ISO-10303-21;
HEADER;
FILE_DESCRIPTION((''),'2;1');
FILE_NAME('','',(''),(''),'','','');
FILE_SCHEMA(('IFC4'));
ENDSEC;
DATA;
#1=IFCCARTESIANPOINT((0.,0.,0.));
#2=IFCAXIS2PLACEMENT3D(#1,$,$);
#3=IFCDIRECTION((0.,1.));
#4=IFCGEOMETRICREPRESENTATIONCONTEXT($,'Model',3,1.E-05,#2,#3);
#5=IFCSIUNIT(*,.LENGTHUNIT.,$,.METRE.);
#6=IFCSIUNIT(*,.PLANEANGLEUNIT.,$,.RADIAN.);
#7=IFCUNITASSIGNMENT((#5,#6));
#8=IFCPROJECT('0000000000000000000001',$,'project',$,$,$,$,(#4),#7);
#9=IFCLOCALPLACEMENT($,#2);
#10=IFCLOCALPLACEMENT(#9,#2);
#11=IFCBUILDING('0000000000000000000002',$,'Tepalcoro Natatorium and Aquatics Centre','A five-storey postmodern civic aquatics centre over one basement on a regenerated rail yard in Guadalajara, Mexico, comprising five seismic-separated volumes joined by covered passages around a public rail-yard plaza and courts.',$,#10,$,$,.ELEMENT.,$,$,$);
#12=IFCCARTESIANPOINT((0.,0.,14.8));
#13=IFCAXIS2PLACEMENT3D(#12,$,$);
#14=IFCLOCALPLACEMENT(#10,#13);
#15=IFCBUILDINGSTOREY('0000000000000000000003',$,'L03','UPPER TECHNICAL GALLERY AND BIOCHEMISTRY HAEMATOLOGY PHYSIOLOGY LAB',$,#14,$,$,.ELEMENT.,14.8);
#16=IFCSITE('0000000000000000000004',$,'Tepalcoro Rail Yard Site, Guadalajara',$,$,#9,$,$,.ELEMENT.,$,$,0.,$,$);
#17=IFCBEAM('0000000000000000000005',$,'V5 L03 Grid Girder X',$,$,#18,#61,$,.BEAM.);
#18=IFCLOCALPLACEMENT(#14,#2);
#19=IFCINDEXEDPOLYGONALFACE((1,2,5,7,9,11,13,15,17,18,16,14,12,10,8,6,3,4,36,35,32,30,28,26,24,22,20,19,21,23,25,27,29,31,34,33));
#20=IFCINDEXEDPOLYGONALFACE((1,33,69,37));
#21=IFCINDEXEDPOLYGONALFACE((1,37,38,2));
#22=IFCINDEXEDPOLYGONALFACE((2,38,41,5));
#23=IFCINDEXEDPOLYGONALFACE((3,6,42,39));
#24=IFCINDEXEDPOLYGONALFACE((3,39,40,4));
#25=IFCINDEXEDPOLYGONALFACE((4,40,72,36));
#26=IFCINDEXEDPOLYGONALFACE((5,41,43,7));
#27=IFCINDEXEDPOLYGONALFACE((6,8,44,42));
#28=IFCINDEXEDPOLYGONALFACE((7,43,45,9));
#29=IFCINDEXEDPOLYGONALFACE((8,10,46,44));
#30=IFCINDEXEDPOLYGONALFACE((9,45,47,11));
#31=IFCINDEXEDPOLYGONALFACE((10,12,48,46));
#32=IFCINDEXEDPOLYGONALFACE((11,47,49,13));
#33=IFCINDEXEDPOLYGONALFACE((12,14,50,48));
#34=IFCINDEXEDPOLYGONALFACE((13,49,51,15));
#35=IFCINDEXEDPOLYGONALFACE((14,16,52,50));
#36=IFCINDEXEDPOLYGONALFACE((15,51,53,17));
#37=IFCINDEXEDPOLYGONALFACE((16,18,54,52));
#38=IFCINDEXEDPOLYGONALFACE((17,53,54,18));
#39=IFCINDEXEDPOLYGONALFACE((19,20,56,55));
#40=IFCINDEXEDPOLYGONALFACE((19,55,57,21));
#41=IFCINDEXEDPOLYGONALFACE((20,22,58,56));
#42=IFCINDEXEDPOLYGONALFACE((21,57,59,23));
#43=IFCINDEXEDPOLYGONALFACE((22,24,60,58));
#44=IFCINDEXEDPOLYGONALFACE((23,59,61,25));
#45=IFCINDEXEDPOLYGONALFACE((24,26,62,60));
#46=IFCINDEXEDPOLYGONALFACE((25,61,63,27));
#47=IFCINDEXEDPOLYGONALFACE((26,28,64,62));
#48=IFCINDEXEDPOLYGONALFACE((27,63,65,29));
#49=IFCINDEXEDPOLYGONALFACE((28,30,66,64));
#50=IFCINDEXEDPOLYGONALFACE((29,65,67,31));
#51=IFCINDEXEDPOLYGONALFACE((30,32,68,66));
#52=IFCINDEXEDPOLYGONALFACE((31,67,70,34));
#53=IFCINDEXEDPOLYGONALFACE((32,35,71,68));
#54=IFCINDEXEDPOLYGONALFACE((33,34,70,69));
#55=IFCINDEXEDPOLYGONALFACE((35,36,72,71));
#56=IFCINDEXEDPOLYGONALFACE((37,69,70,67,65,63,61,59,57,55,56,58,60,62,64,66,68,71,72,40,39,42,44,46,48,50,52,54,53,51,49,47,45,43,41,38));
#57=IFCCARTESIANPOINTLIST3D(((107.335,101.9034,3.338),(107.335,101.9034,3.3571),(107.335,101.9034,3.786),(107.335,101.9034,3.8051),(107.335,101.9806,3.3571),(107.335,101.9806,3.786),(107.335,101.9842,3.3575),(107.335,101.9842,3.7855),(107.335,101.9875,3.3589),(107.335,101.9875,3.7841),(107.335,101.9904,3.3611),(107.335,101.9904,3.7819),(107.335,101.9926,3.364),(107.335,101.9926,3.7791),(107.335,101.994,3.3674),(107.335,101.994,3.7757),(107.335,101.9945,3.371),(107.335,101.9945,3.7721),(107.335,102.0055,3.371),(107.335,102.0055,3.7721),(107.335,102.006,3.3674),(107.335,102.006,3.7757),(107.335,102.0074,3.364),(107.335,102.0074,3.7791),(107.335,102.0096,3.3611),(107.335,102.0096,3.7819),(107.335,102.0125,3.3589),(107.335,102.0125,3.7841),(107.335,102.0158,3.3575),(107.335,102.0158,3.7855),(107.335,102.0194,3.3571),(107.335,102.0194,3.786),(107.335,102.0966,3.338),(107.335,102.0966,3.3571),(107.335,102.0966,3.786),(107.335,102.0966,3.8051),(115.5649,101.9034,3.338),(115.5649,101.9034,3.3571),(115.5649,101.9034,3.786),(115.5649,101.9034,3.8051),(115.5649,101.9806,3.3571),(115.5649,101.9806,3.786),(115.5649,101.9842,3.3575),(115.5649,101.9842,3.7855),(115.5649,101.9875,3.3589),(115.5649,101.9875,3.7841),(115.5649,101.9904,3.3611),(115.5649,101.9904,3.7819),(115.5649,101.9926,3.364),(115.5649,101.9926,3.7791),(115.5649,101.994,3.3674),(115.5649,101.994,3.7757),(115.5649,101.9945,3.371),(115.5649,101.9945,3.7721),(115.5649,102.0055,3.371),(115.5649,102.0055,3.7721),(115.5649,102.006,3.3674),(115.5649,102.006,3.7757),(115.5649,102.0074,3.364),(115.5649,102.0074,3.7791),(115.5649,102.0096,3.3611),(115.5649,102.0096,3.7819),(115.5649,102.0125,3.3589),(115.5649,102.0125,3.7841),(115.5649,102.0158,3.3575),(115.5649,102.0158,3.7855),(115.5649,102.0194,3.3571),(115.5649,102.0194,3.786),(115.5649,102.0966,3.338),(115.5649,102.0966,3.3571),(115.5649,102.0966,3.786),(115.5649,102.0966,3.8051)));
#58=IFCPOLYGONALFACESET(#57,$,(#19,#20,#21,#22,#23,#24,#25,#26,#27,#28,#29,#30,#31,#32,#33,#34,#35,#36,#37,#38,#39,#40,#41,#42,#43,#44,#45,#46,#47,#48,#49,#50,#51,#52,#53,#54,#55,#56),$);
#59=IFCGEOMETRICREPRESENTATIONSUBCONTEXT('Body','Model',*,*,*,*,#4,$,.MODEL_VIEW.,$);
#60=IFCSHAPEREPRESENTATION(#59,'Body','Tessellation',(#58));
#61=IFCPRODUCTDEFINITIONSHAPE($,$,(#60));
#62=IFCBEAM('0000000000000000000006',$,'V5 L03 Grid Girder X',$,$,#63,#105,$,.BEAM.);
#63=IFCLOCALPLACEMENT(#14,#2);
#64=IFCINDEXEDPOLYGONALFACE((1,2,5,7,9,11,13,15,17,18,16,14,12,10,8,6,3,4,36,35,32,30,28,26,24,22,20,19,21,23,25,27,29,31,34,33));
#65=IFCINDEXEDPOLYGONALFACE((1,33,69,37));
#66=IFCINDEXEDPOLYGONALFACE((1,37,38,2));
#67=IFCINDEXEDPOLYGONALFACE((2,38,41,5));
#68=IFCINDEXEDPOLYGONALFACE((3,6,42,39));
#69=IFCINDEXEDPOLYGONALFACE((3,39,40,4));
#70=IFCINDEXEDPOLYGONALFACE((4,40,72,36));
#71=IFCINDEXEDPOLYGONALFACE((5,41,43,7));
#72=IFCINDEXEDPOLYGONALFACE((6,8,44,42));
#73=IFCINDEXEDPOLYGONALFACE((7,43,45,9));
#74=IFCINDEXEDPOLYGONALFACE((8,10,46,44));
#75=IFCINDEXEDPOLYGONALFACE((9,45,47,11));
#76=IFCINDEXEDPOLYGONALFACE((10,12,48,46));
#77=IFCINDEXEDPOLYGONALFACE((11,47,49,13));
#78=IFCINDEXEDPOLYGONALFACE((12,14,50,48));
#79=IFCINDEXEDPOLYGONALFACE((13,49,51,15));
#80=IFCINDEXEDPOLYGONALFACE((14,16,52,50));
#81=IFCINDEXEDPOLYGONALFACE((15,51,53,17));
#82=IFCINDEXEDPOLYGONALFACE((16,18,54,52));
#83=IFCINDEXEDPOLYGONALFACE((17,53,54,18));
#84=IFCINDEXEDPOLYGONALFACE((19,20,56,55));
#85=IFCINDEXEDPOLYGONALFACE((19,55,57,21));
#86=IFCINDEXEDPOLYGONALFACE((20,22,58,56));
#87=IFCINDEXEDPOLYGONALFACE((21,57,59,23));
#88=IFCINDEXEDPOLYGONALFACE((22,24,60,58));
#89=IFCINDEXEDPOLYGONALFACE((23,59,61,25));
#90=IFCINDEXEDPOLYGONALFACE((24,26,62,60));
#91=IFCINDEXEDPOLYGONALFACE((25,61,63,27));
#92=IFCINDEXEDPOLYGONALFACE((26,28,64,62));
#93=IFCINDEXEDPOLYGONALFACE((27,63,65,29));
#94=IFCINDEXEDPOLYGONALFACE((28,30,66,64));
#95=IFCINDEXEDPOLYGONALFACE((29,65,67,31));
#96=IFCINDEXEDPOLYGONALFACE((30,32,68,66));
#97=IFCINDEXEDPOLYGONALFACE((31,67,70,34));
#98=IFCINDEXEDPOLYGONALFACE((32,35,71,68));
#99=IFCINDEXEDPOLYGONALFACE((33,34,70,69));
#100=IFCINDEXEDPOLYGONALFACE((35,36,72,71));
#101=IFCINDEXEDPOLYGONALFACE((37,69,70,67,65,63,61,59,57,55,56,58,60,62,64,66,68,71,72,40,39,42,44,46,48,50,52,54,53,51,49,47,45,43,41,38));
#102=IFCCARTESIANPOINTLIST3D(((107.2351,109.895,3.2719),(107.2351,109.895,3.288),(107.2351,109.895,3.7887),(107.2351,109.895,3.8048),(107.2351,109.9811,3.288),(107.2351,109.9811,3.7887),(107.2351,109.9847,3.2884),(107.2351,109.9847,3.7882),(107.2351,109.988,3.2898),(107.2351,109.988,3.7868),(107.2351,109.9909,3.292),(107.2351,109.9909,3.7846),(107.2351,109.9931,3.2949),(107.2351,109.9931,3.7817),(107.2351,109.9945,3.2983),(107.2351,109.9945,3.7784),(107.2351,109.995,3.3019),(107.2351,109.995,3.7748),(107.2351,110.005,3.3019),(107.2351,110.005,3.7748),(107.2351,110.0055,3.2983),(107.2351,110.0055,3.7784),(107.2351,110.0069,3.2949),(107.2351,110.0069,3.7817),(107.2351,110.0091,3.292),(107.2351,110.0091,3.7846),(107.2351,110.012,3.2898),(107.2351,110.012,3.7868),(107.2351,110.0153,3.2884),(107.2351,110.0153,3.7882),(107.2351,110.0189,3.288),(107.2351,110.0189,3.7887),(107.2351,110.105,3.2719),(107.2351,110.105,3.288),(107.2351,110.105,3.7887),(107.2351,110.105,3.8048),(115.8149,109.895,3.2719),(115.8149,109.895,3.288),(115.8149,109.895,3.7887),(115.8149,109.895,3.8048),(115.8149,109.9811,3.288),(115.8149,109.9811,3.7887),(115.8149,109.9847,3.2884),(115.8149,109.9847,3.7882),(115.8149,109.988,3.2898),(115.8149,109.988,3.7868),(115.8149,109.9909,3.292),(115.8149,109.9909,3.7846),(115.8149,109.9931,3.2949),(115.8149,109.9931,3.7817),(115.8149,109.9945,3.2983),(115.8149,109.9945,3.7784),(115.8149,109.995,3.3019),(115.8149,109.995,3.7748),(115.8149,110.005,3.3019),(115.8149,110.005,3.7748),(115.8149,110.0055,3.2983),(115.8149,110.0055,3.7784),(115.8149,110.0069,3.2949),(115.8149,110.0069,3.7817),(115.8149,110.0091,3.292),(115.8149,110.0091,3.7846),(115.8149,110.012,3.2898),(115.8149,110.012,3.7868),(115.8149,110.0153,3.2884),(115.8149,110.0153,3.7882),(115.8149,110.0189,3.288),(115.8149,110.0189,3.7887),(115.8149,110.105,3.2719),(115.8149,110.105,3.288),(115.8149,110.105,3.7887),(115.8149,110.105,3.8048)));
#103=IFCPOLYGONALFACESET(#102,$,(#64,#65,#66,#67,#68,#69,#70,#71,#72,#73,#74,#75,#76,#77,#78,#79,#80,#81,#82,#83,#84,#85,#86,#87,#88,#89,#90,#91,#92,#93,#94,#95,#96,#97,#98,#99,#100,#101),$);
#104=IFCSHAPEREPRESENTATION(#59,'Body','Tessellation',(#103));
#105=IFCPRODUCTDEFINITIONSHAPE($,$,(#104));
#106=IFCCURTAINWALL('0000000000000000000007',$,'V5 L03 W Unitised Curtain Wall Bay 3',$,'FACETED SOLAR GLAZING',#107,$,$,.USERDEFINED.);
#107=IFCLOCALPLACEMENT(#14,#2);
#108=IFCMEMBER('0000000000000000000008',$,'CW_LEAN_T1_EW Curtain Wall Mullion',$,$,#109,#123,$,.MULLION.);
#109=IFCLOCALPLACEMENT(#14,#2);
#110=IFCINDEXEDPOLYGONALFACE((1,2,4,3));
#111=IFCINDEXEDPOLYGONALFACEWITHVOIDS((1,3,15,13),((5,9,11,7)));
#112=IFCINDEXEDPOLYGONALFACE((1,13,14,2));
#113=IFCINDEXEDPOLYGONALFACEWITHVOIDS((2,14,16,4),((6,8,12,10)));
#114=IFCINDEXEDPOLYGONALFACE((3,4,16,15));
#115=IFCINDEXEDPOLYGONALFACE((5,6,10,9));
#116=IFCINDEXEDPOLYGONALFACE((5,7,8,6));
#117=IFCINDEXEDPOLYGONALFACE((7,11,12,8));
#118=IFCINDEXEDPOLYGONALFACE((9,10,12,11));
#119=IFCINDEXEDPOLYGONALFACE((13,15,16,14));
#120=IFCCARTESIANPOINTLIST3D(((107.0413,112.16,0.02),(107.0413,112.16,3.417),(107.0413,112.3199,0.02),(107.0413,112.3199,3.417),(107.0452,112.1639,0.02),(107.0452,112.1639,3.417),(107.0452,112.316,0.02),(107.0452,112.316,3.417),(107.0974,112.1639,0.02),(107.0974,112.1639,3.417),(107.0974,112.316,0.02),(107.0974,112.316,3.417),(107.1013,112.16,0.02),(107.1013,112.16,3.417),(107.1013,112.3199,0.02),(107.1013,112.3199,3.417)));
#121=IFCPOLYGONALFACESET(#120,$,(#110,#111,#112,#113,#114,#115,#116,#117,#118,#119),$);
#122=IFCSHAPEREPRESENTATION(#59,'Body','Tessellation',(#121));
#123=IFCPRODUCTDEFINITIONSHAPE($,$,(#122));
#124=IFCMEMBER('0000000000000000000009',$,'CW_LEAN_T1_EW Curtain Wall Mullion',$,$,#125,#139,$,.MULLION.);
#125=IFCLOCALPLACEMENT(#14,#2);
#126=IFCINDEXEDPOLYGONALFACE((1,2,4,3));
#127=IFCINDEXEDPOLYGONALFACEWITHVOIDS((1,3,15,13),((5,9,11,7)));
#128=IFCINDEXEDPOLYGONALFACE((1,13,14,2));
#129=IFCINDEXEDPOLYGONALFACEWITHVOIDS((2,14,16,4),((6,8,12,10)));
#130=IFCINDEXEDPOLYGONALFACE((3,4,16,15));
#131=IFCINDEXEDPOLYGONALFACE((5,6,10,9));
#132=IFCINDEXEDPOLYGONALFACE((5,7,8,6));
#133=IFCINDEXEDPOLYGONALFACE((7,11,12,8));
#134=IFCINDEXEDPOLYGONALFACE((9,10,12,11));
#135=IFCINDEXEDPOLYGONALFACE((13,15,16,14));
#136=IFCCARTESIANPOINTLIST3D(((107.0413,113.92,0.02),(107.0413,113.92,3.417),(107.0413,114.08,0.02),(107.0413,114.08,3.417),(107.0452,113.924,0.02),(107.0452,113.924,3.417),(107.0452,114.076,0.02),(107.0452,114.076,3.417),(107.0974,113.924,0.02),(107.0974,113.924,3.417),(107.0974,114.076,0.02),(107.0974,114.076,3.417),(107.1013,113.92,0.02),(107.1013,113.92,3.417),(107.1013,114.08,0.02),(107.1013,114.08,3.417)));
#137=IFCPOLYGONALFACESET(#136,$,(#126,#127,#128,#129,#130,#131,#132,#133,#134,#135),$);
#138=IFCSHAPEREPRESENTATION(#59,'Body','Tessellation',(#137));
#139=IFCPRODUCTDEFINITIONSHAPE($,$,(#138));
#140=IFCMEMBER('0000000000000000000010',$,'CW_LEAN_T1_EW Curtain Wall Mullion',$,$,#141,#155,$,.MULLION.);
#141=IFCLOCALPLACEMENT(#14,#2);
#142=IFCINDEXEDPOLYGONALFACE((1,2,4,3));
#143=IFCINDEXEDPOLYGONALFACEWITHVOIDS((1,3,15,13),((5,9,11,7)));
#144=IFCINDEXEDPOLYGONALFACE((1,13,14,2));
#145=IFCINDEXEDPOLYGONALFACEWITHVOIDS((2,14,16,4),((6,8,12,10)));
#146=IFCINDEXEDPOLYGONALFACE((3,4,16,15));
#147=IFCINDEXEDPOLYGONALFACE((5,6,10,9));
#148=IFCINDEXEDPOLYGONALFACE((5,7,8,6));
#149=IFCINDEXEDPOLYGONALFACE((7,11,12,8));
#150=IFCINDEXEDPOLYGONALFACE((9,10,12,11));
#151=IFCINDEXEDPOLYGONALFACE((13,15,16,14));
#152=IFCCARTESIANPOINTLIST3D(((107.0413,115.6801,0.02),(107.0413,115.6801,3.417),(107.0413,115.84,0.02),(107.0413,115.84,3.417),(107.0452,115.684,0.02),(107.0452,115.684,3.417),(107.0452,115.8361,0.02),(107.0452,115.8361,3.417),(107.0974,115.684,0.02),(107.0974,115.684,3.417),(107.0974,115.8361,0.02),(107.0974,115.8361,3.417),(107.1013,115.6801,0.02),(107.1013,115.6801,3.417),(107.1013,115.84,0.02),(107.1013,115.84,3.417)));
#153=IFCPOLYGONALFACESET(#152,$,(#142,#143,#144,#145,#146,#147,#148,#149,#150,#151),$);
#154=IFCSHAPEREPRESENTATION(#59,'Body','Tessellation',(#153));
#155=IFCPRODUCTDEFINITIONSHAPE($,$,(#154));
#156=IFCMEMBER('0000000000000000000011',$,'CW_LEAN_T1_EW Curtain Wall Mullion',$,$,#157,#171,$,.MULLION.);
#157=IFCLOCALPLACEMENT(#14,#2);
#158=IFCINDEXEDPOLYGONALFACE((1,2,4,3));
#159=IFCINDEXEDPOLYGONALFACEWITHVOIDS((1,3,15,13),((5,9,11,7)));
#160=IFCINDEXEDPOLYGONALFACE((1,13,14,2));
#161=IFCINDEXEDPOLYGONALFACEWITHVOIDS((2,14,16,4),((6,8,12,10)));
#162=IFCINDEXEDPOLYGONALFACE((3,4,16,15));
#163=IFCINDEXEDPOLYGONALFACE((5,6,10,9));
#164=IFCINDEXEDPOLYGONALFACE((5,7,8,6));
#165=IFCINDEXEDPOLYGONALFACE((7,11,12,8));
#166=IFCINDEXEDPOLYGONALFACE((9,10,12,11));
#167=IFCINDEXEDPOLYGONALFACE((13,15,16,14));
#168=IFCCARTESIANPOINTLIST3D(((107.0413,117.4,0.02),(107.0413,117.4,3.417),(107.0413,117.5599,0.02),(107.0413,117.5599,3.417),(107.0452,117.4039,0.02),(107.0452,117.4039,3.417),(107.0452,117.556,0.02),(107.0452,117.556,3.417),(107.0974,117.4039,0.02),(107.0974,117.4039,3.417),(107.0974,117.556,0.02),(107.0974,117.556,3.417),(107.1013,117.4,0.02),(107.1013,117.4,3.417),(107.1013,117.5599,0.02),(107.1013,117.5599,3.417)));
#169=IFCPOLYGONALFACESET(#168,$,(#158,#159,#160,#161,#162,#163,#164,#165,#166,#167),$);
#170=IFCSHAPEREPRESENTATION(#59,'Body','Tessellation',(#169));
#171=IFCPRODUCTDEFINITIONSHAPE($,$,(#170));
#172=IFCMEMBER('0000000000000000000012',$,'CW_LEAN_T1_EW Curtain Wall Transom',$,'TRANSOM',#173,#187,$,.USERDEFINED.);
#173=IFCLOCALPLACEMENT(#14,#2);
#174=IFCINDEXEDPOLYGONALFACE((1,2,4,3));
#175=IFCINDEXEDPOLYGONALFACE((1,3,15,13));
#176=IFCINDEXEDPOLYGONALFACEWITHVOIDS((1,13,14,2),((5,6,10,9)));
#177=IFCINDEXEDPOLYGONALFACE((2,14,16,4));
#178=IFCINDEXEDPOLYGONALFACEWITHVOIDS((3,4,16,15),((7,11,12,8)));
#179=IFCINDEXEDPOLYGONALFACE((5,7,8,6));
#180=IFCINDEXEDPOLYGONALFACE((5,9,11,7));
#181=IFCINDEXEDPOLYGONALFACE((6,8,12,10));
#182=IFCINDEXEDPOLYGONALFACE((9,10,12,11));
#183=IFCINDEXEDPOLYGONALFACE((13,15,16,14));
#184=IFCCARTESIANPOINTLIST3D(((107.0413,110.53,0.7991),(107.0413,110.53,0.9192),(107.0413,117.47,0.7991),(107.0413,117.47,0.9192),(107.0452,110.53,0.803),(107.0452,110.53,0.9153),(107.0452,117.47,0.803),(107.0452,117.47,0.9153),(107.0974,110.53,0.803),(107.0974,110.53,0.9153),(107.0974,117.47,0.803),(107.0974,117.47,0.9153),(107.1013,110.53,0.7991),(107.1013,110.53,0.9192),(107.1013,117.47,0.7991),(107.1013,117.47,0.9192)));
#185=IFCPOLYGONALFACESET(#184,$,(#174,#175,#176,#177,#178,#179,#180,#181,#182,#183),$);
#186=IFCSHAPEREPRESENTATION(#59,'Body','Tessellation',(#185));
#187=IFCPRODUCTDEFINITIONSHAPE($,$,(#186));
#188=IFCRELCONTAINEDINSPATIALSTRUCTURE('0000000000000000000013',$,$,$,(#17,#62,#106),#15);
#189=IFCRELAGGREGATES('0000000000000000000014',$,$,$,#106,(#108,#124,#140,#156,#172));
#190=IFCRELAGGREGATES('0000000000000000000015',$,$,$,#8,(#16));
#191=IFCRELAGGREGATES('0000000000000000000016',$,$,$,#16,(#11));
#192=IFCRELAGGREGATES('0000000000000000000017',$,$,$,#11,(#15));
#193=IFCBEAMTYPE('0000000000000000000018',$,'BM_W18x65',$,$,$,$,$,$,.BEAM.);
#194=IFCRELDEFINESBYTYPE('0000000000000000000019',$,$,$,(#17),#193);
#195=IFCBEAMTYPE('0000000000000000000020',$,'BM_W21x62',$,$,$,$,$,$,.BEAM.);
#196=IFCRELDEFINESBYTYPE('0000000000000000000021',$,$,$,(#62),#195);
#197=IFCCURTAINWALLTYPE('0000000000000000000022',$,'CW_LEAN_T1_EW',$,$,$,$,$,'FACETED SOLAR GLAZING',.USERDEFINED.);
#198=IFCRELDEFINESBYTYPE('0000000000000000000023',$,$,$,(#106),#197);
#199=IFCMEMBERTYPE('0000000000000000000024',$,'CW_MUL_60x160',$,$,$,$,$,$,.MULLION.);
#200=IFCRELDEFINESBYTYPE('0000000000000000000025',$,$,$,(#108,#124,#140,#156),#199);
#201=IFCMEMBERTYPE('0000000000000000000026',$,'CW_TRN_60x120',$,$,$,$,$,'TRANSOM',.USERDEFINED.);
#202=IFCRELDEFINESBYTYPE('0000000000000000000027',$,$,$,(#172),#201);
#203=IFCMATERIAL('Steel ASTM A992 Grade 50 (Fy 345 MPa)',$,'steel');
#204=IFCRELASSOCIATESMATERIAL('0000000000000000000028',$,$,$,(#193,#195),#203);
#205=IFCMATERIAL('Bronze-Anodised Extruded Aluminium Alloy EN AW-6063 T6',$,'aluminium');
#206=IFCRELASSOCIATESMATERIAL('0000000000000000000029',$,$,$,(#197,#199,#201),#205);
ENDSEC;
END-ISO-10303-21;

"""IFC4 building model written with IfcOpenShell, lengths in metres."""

from ifc_helpers import new_model, si_unit, direction, frame, origin, origin_2d, place, context, subcontext, project, spatial, hollow_rectangle, i_section, extrude, material, material_profile, profile_set, type_object, element, aggregate, save


model = new_model("IFC4")

# Units and contexts
model_context = context("Model", 3, precision=1e-05, world=origin(), true_north=direction((0.0, 1.0)))
body_context = subcontext(model_context, "Body", "Model", "MODEL_VIEW")
ifc_project = project(units=[si_unit("LENGTHUNIT", "METRE"), si_unit("PLANEANGLEUNIT", "RADIAN")], contexts=[model_context])

# Site, building, storey
site_placement = place(None, origin())
site = spatial("IfcSite", under=ifc_project, at=site_placement, Name="Tepalcoro Rail Yard Site, Guadalajara", CompositionType="ELEMENT", RefElevation=0.0)
building_placement = place(site_placement, origin())
building = spatial("IfcBuilding", under=site, at=building_placement, Name="Tepalcoro Natatorium and Aquatics Centre", Description="A five-storey postmodern civic aquatics centre over one basement on a regenerated rail yard in Guadalajara, Mexico, comprising five seismic-separated volumes joined by covered passages around a public rail-yard plaza and courts.", CompositionType="ELEMENT")
storey_placement = place(building_placement, frame((0.0, 0.0, 14.8)))
storey = spatial("IfcBuildingStorey", under=building, at=storey_placement, Name="L03", Description="UPPER TECHNICAL GALLERY AND BIOCHEMISTRY HAEMATOLOGY PHYSIOLOGY LAB", CompositionType="ELEMENT", Elevation=14.8)

# Beams
ifc_material_1 = material(Name="Steel ASTM A992 Grade 50 (Fy 345 MPa)", Category="steel")
ifc_material_profile_1 = material_profile(ifc_material_1, i_section(OverallWidth=0.1931, OverallDepth=0.467, WebThickness=0.011, FlangeThickness=0.019, FilletRadius=0.0139, at=origin_2d()), Name="W18X65")
ifc_profile_set_1 = profile_set([ifc_material_profile_1], Name="Steel ASTM A992 Grade 50 (Fy 345 MPa)")
beam_type_1 = type_object("IfcBeamType", Name="BM_W18x65", PredefinedType="BEAM", material=ifc_profile_set_1)
beam_1_placement = place(storey_placement, frame((107.335, 102.0, 3.5715), z_axis=(1.0, 0.0, 0.0), x_axis=(0.0, 1.0, 0.0)))
element("IfcBeam", 1, at=beam_1_placement, inside=storey, type_object=beam_type_1, Name="V5 L03 Grid Girder X", PredefinedType="BEAM", context=body_context, shape_type="SweptSolid", body=[
    extrude(i_section(OverallWidth=0.1931, OverallDepth=0.467, WebThickness=0.011, FlangeThickness=0.019, FilletRadius=0.0139, at=origin_2d()), origin(), (0.0, 0.0, 1.0), 8.23),
])
ifc_material_profile_2 = material_profile(ifc_material_1, i_section(OverallWidth=0.21, OverallDepth=0.533, WebThickness=0.01, FlangeThickness=0.0161, FilletRadius=0.0139, at=origin_2d()), Name="W21X62")
ifc_profile_set_2 = profile_set([ifc_material_profile_2], Name="Steel ASTM A992 Grade 50 (Fy 345 MPa)")
beam_type_2 = type_object("IfcBeamType", Name="BM_W21x62", PredefinedType="BEAM", material=ifc_profile_set_2)
beam_2_placement = place(storey_placement, frame((107.2351, 110.0, 3.5383), z_axis=(1.0, 0.0, 0.0), x_axis=(0.0, 1.0, 0.0)))
element("IfcBeam", 2, at=beam_2_placement, inside=storey, type_object=beam_type_2, Name="V5 L03 Grid Girder X", PredefinedType="BEAM", context=body_context, shape_type="SweptSolid", body=[
    extrude(i_section(OverallWidth=0.21, OverallDepth=0.533, WebThickness=0.01, FlangeThickness=0.0161, FilletRadius=0.0139, at=origin_2d()), origin(), (0.0, 0.0, 1.0), 8.5798),
])

# Curtain wall, members
ifc_material_2 = material(Name="Bronze-Anodised Extruded Aluminium Alloy EN AW-6063 T6", Category="aluminium")
curtain_wall_type = type_object("IfcCurtainWallType", Name="CW_LEAN_T1_EW", ElementType="FACETED SOLAR GLAZING", PredefinedType="USERDEFINED", material=ifc_material_2)
curtain_wall_placement = place(storey_placement, origin())
curtain_wall = element("IfcCurtainWall", 3, at=curtain_wall_placement, inside=storey, type_object=curtain_wall_type, Name="V5 L03 W Unitised Curtain Wall Bay 3", ObjectType="FACETED SOLAR GLAZING", PredefinedType="USERDEFINED")
ifc_material_profile_3 = material_profile(ifc_material_2, hollow_rectangle(XDim=0.0601, YDim=0.1599, WallThickness=0.0039, at=origin_2d()), Name="AL60X160X4")
ifc_profile_set_3 = profile_set([ifc_material_profile_3], Name="Bronze-Anodised Extruded Aluminium Alloy EN AW-6063 T6")
member_type_1 = type_object("IfcMemberType", Name="CW_MUL_60x160", PredefinedType="MULLION", material=ifc_profile_set_3)
member_1_placement = place(storey_placement, frame((107.0713, 112.24, 0.02), z_axis=(0.0, 0.0, 1.0), x_axis=(1.0, 0.0, 0.0)))
member_1 = element("IfcMember", 4, at=member_1_placement, type_object=member_type_1, Name="CW_LEAN_T1_EW Curtain Wall Mullion", PredefinedType="MULLION", context=body_context, shape_type="SweptSolid", body=[
    extrude(hollow_rectangle(XDim=0.0601, YDim=0.1599, WallThickness=0.0039, at=origin_2d()), origin(), (0.0, 0.0, 1.0), 3.397),
])
member_2_placement = place(storey_placement, frame((107.0713, 114.0, 0.02), z_axis=(0.0, 0.0, 1.0), x_axis=(1.0, 0.0, 0.0)))
member_2 = element("IfcMember", 5, at=member_2_placement, type_object=member_type_1, Name="CW_LEAN_T1_EW Curtain Wall Mullion", PredefinedType="MULLION", context=body_context, shape_type="SweptSolid", body=[
    extrude(hollow_rectangle(XDim=0.0601, YDim=0.1599, WallThickness=0.0039, at=origin_2d()), origin(), (0.0, 0.0, 1.0), 3.397),
])
member_3_placement = place(storey_placement, frame((107.0713, 115.76, 0.02), z_axis=(0.0, 0.0, 1.0), x_axis=(1.0, 0.0, 0.0)))
member_3 = element("IfcMember", 6, at=member_3_placement, type_object=member_type_1, Name="CW_LEAN_T1_EW Curtain Wall Mullion", PredefinedType="MULLION", context=body_context, shape_type="SweptSolid", body=[
    extrude(hollow_rectangle(XDim=0.0601, YDim=0.1599, WallThickness=0.0039, at=origin_2d()), origin(), (0.0, 0.0, 1.0), 3.397),
])
member_4_placement = place(storey_placement, frame((107.0713, 117.48, 0.02), z_axis=(0.0, 0.0, 1.0), x_axis=(1.0, 0.0, 0.0)))
member_4 = element("IfcMember", 7, at=member_4_placement, type_object=member_type_1, Name="CW_LEAN_T1_EW Curtain Wall Mullion", PredefinedType="MULLION", context=body_context, shape_type="SweptSolid", body=[
    extrude(hollow_rectangle(XDim=0.0601, YDim=0.1599, WallThickness=0.0039, at=origin_2d()), origin(), (0.0, 0.0, 1.0), 3.397),
])
ifc_material_profile_4 = material_profile(ifc_material_2, hollow_rectangle(XDim=0.0601, YDim=0.1201, WallThickness=0.0039, at=origin_2d()), Name="AL60X120X4")
ifc_profile_set_4 = profile_set([ifc_material_profile_4], Name="Bronze-Anodised Extruded Aluminium Alloy EN AW-6063 T6")
member_type_2 = type_object("IfcMemberType", Name="CW_TRN_60x120", ElementType="TRANSOM", PredefinedType="USERDEFINED", material=ifc_profile_set_4)
member_5_placement = place(storey_placement, frame((107.0713, 110.53, 0.8591), z_axis=(0.0, 1.0, 0.0), x_axis=(-1.0, 0.0, 0.0)))
member_5 = element("IfcMember", 8, at=member_5_placement, type_object=member_type_2, Name="CW_LEAN_T1_EW Curtain Wall Transom", ObjectType="TRANSOM", PredefinedType="USERDEFINED", context=body_context, shape_type="SweptSolid", body=[
    extrude(hollow_rectangle(XDim=0.0601, YDim=0.1201, WallThickness=0.0039, at=origin_2d()), origin(), (0.0, 0.0, 1.0), 6.9399),
])

aggregate(curtain_wall, [member_1, member_2, member_3, member_4, member_5])

save(model, "model.ifc")
